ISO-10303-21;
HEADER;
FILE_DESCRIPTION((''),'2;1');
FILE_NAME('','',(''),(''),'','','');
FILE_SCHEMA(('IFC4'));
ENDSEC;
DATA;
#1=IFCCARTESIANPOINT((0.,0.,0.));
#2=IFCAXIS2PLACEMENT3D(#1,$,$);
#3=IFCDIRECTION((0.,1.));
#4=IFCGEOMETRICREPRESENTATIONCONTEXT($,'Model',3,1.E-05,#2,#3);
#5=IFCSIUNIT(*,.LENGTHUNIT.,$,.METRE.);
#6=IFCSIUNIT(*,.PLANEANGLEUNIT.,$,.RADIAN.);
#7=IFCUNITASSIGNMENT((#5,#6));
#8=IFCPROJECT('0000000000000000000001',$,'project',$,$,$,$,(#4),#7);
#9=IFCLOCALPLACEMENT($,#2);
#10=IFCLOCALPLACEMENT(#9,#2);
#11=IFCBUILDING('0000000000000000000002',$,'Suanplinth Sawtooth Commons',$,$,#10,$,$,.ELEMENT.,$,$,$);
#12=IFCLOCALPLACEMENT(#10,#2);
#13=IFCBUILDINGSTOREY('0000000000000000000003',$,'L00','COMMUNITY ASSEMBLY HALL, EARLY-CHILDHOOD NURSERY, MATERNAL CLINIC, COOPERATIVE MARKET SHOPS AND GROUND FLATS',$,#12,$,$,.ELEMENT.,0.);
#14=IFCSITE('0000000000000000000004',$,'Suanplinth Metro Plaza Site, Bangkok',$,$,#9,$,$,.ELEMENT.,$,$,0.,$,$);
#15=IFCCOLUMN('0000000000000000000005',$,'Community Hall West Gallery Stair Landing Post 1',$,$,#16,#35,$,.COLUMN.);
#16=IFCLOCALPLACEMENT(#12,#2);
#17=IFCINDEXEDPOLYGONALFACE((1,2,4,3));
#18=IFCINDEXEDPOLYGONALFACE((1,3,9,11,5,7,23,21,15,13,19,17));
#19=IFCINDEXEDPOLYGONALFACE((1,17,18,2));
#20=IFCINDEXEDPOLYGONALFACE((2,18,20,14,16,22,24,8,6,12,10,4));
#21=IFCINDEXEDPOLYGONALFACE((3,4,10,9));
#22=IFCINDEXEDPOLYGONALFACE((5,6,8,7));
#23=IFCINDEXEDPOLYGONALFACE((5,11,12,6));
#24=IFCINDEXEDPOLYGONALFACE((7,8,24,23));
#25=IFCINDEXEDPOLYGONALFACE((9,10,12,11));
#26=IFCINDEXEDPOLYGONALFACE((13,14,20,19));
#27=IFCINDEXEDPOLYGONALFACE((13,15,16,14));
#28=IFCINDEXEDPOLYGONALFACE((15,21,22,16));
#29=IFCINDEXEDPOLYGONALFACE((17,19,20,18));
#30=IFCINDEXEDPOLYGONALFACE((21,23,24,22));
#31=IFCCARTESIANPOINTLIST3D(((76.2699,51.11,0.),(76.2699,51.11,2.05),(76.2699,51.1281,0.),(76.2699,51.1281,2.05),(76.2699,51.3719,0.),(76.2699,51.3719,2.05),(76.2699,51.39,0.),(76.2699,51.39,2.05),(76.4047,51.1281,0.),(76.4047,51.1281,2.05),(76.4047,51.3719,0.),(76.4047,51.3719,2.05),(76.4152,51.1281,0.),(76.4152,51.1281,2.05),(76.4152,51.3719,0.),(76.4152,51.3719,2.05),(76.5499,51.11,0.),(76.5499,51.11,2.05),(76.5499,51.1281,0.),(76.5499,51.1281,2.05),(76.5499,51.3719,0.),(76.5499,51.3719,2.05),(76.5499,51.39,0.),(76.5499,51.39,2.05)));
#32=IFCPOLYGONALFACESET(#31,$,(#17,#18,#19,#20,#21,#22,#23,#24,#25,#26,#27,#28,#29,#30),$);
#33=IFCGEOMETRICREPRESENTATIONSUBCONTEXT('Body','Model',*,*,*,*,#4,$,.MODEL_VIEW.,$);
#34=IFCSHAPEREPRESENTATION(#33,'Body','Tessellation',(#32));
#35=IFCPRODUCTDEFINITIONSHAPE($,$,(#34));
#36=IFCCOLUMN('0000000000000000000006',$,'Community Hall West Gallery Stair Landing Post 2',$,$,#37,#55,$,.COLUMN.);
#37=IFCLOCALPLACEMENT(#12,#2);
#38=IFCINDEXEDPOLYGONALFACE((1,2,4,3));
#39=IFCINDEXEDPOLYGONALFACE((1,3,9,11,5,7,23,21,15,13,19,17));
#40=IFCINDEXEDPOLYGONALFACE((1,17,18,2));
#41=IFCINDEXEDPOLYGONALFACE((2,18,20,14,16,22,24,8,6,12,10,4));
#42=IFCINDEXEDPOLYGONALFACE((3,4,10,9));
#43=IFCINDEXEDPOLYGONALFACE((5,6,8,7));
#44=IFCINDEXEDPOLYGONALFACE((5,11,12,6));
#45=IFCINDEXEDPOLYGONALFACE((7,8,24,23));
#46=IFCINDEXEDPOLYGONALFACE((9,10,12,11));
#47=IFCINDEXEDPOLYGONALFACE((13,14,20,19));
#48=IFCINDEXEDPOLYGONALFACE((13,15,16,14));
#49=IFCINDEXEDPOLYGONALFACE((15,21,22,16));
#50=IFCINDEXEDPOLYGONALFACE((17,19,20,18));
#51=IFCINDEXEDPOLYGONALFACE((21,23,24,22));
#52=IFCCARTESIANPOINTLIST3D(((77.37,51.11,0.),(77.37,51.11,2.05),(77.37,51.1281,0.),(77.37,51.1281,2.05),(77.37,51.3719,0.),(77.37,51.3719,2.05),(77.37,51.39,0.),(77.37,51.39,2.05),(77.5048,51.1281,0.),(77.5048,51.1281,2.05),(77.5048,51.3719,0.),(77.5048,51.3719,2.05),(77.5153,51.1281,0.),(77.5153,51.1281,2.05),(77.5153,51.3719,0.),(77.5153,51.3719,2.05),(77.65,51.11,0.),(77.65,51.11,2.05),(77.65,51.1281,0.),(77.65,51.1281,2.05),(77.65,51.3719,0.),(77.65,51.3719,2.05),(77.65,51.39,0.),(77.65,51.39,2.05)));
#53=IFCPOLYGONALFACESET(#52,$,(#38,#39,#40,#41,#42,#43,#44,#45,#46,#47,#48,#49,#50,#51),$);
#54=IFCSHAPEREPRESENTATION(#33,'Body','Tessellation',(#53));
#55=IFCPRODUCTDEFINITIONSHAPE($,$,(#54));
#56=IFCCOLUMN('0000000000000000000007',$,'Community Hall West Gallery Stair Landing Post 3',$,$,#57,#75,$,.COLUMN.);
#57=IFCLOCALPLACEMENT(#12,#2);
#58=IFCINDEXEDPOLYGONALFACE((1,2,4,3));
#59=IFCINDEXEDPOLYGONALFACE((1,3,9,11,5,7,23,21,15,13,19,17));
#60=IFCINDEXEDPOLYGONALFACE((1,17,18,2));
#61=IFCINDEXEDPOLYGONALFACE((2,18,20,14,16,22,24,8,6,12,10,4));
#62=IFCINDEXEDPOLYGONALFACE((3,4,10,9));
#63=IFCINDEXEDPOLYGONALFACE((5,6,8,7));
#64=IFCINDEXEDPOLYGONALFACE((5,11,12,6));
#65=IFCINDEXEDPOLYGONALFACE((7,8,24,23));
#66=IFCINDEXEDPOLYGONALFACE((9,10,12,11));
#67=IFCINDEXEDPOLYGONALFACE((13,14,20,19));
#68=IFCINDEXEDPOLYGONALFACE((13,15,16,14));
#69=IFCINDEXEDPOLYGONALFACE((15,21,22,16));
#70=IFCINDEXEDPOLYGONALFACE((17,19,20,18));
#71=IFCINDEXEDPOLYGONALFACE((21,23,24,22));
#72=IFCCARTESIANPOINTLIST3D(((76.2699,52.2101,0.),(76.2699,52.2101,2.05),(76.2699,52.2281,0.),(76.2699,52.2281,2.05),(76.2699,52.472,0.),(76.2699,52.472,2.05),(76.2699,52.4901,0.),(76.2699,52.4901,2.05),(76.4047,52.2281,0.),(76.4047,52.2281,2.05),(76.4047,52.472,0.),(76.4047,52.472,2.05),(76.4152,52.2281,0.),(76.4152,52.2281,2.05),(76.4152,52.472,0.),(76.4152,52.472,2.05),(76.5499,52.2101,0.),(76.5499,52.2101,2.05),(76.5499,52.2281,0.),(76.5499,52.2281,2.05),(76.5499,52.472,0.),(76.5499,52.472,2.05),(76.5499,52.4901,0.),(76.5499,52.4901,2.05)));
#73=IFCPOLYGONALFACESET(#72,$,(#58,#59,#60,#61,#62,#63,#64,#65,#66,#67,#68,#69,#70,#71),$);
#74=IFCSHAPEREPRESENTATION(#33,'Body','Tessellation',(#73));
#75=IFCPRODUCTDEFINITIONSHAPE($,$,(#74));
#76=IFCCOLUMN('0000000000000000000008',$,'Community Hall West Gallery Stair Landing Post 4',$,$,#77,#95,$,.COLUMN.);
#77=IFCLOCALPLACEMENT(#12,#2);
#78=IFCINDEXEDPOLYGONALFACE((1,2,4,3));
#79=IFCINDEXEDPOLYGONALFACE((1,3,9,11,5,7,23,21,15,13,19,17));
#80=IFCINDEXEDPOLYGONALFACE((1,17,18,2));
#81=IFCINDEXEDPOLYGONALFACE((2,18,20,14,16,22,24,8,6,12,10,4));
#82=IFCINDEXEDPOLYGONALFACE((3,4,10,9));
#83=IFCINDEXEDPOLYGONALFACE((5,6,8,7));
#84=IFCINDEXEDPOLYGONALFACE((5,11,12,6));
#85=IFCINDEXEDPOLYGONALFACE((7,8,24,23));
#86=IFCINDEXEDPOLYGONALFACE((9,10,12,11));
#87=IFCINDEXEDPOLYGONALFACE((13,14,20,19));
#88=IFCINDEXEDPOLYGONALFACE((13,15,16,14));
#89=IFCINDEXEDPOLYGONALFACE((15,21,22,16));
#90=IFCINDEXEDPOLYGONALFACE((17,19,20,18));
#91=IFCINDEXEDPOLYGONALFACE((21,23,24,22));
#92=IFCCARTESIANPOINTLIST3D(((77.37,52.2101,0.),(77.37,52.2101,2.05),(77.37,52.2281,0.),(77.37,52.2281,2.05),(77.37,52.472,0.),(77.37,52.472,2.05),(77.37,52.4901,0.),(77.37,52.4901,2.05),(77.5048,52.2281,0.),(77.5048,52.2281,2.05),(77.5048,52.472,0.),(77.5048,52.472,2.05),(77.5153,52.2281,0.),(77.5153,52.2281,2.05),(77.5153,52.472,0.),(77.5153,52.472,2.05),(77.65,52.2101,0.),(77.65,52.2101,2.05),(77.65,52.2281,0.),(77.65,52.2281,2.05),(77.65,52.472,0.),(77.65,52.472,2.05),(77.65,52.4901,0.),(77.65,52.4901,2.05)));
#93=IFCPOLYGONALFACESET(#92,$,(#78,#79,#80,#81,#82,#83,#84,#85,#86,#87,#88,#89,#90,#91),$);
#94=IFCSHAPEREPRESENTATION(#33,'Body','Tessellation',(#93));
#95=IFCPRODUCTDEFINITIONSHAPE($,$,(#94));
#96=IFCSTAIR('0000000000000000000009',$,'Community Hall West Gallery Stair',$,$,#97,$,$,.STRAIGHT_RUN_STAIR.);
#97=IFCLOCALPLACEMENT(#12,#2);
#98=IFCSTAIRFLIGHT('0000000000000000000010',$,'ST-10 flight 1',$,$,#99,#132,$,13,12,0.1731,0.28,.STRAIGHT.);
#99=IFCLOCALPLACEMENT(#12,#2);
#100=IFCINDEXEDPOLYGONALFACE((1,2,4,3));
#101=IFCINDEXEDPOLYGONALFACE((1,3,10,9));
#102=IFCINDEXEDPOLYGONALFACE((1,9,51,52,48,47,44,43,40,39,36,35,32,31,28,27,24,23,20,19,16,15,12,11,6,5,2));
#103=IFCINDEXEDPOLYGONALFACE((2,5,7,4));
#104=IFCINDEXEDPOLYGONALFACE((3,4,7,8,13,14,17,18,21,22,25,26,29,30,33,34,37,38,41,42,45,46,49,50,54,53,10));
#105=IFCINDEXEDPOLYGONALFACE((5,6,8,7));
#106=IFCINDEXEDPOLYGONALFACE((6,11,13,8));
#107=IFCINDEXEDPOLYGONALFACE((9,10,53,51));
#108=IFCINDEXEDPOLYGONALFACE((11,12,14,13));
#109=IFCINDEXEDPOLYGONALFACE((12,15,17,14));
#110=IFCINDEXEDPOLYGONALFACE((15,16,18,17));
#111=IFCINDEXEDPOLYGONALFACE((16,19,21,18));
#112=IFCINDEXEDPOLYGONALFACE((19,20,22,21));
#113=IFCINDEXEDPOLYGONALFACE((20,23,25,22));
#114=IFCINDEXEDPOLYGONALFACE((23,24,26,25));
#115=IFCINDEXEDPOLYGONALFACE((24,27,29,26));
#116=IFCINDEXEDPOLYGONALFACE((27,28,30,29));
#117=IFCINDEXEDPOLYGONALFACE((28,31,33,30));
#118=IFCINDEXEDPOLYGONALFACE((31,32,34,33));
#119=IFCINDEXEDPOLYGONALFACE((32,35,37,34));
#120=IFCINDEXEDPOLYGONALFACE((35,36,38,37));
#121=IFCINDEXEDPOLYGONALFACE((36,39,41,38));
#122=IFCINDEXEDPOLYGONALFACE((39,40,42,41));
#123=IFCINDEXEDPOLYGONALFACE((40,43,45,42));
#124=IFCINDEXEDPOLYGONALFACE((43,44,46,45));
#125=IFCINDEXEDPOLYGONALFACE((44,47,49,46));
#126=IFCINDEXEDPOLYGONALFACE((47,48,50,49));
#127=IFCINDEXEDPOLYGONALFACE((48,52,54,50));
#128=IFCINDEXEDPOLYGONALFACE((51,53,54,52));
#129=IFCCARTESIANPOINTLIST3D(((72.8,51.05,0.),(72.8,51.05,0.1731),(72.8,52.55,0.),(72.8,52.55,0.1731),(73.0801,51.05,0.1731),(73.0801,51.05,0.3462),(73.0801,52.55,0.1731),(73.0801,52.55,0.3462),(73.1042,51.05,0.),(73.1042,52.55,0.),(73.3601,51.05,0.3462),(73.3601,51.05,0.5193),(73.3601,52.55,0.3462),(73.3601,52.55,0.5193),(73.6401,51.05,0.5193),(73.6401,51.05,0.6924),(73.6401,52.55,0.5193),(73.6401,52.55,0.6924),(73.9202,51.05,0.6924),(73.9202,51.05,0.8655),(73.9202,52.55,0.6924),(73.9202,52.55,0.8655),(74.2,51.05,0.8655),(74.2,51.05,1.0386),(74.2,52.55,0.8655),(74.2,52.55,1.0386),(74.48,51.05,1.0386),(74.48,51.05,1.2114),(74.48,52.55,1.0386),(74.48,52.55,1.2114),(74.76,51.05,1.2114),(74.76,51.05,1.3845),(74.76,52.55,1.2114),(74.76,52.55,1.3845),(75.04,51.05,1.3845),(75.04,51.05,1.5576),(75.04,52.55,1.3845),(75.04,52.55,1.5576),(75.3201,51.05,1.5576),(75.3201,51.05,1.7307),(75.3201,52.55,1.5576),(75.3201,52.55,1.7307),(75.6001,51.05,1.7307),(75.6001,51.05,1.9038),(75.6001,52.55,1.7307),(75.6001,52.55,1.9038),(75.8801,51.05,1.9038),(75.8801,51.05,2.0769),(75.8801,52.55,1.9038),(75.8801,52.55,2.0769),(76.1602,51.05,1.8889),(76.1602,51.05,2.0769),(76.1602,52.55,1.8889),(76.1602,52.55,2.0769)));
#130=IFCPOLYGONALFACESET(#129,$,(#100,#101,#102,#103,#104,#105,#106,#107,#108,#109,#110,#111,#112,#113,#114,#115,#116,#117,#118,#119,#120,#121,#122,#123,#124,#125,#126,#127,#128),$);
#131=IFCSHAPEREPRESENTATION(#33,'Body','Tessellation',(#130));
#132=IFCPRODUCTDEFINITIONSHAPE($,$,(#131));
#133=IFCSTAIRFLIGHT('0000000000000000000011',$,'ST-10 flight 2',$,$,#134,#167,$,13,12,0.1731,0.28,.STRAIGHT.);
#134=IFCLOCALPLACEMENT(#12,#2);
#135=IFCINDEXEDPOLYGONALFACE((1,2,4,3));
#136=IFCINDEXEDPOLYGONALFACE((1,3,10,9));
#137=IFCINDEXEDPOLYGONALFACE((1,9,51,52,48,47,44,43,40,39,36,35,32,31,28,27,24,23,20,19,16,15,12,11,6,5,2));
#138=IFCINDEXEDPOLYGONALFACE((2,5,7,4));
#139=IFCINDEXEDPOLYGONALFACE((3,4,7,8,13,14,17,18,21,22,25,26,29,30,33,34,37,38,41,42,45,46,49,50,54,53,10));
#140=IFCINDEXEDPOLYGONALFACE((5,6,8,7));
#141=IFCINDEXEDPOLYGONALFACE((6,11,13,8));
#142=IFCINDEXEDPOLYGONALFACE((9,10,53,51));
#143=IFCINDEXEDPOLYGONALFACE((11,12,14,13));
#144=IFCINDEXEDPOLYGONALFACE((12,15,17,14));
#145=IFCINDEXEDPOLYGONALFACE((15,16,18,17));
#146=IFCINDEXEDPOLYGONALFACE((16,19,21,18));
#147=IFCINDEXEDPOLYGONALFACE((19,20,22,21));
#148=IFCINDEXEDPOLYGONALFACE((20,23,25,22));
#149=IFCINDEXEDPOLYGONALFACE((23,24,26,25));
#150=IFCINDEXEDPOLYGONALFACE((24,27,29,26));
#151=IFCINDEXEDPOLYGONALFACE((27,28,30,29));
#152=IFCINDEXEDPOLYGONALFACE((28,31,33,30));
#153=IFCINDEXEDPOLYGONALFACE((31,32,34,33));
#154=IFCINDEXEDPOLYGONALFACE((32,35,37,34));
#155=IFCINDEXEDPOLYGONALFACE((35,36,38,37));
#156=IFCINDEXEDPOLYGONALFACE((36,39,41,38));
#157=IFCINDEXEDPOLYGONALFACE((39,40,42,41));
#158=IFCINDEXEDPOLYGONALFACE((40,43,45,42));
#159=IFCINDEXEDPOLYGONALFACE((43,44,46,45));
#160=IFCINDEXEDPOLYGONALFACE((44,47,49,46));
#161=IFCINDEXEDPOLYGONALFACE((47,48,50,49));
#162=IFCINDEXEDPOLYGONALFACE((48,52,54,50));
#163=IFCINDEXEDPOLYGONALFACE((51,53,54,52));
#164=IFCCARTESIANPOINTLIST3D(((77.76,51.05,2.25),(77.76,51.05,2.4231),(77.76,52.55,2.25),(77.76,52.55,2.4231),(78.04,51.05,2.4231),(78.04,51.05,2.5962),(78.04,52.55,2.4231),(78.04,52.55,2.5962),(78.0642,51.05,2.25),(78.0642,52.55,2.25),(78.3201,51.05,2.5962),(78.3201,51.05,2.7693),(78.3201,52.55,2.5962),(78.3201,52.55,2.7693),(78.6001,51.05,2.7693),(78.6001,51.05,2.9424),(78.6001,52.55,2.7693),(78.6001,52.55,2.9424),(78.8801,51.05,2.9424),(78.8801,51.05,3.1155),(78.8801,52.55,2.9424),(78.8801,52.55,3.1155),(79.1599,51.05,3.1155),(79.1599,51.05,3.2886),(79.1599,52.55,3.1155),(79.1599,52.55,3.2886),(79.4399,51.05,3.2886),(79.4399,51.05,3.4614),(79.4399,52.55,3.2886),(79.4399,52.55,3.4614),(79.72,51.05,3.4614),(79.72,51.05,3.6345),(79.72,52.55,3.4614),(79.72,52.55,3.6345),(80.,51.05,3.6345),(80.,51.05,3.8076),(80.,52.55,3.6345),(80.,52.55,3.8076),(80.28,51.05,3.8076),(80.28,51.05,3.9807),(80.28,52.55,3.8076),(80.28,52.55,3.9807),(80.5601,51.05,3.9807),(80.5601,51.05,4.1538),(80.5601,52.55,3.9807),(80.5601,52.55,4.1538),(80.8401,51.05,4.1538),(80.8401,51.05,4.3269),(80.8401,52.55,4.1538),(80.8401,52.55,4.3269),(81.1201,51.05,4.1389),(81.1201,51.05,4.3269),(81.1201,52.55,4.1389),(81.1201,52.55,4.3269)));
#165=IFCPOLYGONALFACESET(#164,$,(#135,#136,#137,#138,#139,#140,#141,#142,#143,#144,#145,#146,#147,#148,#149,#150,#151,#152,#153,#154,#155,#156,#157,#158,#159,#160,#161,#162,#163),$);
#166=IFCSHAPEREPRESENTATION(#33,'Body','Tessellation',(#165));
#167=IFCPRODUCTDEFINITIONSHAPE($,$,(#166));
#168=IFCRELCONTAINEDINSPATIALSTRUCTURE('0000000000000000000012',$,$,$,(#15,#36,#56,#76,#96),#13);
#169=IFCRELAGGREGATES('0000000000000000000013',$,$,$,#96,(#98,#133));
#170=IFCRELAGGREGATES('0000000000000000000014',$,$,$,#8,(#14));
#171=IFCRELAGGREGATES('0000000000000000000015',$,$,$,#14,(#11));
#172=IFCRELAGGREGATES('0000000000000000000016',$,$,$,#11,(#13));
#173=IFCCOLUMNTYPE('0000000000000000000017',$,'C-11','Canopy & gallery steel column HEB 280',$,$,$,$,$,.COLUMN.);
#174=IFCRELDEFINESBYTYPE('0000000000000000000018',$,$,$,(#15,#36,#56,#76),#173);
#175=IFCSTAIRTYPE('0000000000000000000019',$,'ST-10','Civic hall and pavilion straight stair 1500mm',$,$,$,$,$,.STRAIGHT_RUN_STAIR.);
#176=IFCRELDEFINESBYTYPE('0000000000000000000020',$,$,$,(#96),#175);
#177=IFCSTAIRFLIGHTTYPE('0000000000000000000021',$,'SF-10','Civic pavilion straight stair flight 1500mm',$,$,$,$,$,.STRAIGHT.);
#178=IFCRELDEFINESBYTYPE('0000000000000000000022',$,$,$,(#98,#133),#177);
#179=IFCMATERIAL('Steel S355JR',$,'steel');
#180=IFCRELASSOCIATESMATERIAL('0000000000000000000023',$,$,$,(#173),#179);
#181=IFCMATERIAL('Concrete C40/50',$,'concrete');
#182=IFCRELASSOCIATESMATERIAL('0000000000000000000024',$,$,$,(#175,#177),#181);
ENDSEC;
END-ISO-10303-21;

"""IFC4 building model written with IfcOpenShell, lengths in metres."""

from ifc_helpers import new_model, si_unit, direction, frame, origin, origin_2d, place, context, subcontext, project, spatial, polyline, i_section, outline, extrude, material, material_profile, profile_set, type_object, element, aggregate, save


model = new_model("IFC4")

# Units and contexts
model_context = context("Model", 3, precision=1e-05, world=origin(), true_north=direction((0.0, 1.0)))
body_context = subcontext(model_context, "Body", "Model", "MODEL_VIEW")
ifc_project = project(units=[si_unit("LENGTHUNIT", "METRE"), si_unit("PLANEANGLEUNIT", "RADIAN")], contexts=[model_context])

# Site, building, storey
site_placement = place(None, origin())
site = spatial("IfcSite", under=ifc_project, at=site_placement, Name="Suanplinth Metro Plaza Site, Bangkok", CompositionType="ELEMENT", RefElevation=0.0)
building_placement = place(site_placement, origin())
building = spatial("IfcBuilding", under=site, at=building_placement, Name="Suanplinth Sawtooth Commons", CompositionType="ELEMENT")
storey_placement = place(building_placement, origin())
storey = spatial("IfcBuildingStorey", under=building, at=storey_placement, Name="L00", Description="COMMUNITY ASSEMBLY HALL, EARLY-CHILDHOOD NURSERY, MATERNAL CLINIC, COOPERATIVE MARKET SHOPS AND GROUND FLATS", CompositionType="ELEMENT", Elevation=0.0)

# Columns
ifc_material_1 = material(Name="Steel S355JR", Category="steel")
ifc_material_profile = material_profile(ifc_material_1, i_section(OverallWidth=0.28, OverallDepth=0.28, WebThickness=0.0105, FlangeThickness=0.0181, at=origin_2d()), Name="HEB 280")
ifc_profile_set = profile_set([ifc_material_profile], Name="Steel S355JR")
column_type = type_object("IfcColumnType", Name="C-11", Description="Canopy & gallery steel column HEB 280", PredefinedType="COLUMN", material=ifc_profile_set)
for number, where, z_axis, x_axis, name in (
    (1, (76.4099, 51.25, 0.0), (0.0, 0.0, 1.0), (1.0, 0.0, 0.0), "Community Hall West Gallery Stair Landing Post 1"),
    (2, (77.51, 51.25, 0.0), (0.0, 0.0, 1.0), (1.0, 0.0, 0.0), "Community Hall West Gallery Stair Landing Post 2"),
    (3, (76.4099, 52.3501, 0.0), (0.0, 0.0, 1.0), (1.0, 0.0, 0.0), "Community Hall West Gallery Stair Landing Post 3"),
    (4, (77.51, 52.3501, 0.0), (0.0, 0.0, 1.0), (1.0, 0.0, 0.0), "Community Hall West Gallery Stair Landing Post 4"),
):
    element("IfcColumn", number, at=place(storey_placement, frame(where, z_axis=z_axis, x_axis=x_axis)), inside=storey, type_object=column_type, Name=name, PredefinedType="COLUMN", context=body_context, shape_type="SweptSolid", body=[
        extrude(i_section(OverallWidth=0.28, OverallDepth=0.28, WebThickness=0.0105, FlangeThickness=0.0181, at=origin_2d()), origin(), (0.0, 0.0, 1.0), 2.05),
    ])

# Stair, stair flights
ifc_material_2 = material(Name="Concrete C40/50", Category="concrete")
stair_type = type_object("IfcStairType", Name="ST-10", Description="Civic hall and pavilion straight stair 1500mm", PredefinedType="STRAIGHT_RUN_STAIR", material=ifc_material_2)
stair_placement = place(storey_placement, origin())
stair = element("IfcStair", 5, at=stair_placement, inside=storey, type_object=stair_type, Name="Community Hall West Gallery Stair", PredefinedType="STRAIGHT_RUN_STAIR")
stair_flight_type = type_object("IfcStairFlightType", Name="SF-10", Description="Civic pavilion straight stair flight 1500mm", PredefinedType="STRAIGHT", material=ifc_material_2)
stair_flight_1_placement = place(storey_placement, frame((72.8, 51.8, 0.0), z_axis=(0.0, 0.0, 1.0), x_axis=(1.0, 0.0, 0.0)))
stair_flight_1 = element("IfcStairFlight", 6, at=stair_flight_1_placement, type_object=stair_flight_type, Name="ST-10 flight 1", NumberOfRisers=13, NumberOfTreads=12, PredefinedType="STRAIGHT", RiserHeight=0.1731, TreadLength=0.28, context=body_context, shape_type="SweptSolid", body=[
    extrude(outline(polyline([(0.0, 0.0), (0.0, 0.1731), (0.28, 0.1731), (0.28, 0.3462), (0.5601, 0.3462), (0.5601, 0.5193), (0.8401, 0.5193), (0.8401, 0.6924), (1.1201, 0.6924), (1.1201, 0.8655), (1.3999, 0.8655), (1.3999, 1.0386), (1.6799, 1.0386), (1.6799, 1.2114), (1.96, 1.2114), (1.96, 1.3845), (2.24, 1.3845), (2.24, 1.5576), (2.52, 1.5576), (2.52, 1.7307), (2.8, 1.7307), (2.8, 1.9038), (3.0801, 1.9038), (3.0801, 2.0769), (3.3601, 2.0769), (3.3601, 2.25), (3.3601, 1.8889), (0.3042, 0.0), (0.0, 0.0)])), frame((0.0, 0.75, 0.0), z_axis=(0.0, -1.0, 0.0), x_axis=(1.0, 0.0, 0.0)), (0.0, 0.0, 1.0), 1.5),
])
stair_flight_2_placement = place(storey_placement, frame((77.76, 51.8, 2.25), z_axis=(0.0, 0.0, 1.0), x_axis=(1.0, 0.0, 0.0)))
stair_flight_2 = element("IfcStairFlight", 7, at=stair_flight_2_placement, type_object=stair_flight_type, Name="ST-10 flight 2", NumberOfRisers=13, NumberOfTreads=12, PredefinedType="STRAIGHT", RiserHeight=0.1731, TreadLength=0.28, context=body_context, shape_type="SweptSolid", body=[
    extrude(outline(polyline([(0.0, 0.0), (0.0, 0.1731), (0.28, 0.1731), (0.28, 0.3462), (0.5601, 0.3462), (0.5601, 0.5193), (0.8401, 0.5193), (0.8401, 0.6924), (1.1201, 0.6924), (1.1201, 0.8655), (1.3999, 0.8655), (1.3999, 1.0386), (1.6799, 1.0386), (1.6799, 1.2114), (1.96, 1.2114), (1.96, 1.3845), (2.24, 1.3845), (2.24, 1.5576), (2.52, 1.5576), (2.52, 1.7307), (2.8, 1.7307), (2.8, 1.9038), (3.0801, 1.9038), (3.0801, 2.0769), (3.3601, 2.0769), (3.3601, 2.25), (3.3601, 1.8889), (0.3042, 0.0), (0.0, 0.0)])), frame((0.0, 0.75, 0.0), z_axis=(0.0, -1.0, 0.0), x_axis=(1.0, 0.0, 0.0)), (0.0, 0.0, 1.0), 1.5),
])
aggregate(stair, [stair_flight_1, stair_flight_2])

save(model, "model.ifc")
